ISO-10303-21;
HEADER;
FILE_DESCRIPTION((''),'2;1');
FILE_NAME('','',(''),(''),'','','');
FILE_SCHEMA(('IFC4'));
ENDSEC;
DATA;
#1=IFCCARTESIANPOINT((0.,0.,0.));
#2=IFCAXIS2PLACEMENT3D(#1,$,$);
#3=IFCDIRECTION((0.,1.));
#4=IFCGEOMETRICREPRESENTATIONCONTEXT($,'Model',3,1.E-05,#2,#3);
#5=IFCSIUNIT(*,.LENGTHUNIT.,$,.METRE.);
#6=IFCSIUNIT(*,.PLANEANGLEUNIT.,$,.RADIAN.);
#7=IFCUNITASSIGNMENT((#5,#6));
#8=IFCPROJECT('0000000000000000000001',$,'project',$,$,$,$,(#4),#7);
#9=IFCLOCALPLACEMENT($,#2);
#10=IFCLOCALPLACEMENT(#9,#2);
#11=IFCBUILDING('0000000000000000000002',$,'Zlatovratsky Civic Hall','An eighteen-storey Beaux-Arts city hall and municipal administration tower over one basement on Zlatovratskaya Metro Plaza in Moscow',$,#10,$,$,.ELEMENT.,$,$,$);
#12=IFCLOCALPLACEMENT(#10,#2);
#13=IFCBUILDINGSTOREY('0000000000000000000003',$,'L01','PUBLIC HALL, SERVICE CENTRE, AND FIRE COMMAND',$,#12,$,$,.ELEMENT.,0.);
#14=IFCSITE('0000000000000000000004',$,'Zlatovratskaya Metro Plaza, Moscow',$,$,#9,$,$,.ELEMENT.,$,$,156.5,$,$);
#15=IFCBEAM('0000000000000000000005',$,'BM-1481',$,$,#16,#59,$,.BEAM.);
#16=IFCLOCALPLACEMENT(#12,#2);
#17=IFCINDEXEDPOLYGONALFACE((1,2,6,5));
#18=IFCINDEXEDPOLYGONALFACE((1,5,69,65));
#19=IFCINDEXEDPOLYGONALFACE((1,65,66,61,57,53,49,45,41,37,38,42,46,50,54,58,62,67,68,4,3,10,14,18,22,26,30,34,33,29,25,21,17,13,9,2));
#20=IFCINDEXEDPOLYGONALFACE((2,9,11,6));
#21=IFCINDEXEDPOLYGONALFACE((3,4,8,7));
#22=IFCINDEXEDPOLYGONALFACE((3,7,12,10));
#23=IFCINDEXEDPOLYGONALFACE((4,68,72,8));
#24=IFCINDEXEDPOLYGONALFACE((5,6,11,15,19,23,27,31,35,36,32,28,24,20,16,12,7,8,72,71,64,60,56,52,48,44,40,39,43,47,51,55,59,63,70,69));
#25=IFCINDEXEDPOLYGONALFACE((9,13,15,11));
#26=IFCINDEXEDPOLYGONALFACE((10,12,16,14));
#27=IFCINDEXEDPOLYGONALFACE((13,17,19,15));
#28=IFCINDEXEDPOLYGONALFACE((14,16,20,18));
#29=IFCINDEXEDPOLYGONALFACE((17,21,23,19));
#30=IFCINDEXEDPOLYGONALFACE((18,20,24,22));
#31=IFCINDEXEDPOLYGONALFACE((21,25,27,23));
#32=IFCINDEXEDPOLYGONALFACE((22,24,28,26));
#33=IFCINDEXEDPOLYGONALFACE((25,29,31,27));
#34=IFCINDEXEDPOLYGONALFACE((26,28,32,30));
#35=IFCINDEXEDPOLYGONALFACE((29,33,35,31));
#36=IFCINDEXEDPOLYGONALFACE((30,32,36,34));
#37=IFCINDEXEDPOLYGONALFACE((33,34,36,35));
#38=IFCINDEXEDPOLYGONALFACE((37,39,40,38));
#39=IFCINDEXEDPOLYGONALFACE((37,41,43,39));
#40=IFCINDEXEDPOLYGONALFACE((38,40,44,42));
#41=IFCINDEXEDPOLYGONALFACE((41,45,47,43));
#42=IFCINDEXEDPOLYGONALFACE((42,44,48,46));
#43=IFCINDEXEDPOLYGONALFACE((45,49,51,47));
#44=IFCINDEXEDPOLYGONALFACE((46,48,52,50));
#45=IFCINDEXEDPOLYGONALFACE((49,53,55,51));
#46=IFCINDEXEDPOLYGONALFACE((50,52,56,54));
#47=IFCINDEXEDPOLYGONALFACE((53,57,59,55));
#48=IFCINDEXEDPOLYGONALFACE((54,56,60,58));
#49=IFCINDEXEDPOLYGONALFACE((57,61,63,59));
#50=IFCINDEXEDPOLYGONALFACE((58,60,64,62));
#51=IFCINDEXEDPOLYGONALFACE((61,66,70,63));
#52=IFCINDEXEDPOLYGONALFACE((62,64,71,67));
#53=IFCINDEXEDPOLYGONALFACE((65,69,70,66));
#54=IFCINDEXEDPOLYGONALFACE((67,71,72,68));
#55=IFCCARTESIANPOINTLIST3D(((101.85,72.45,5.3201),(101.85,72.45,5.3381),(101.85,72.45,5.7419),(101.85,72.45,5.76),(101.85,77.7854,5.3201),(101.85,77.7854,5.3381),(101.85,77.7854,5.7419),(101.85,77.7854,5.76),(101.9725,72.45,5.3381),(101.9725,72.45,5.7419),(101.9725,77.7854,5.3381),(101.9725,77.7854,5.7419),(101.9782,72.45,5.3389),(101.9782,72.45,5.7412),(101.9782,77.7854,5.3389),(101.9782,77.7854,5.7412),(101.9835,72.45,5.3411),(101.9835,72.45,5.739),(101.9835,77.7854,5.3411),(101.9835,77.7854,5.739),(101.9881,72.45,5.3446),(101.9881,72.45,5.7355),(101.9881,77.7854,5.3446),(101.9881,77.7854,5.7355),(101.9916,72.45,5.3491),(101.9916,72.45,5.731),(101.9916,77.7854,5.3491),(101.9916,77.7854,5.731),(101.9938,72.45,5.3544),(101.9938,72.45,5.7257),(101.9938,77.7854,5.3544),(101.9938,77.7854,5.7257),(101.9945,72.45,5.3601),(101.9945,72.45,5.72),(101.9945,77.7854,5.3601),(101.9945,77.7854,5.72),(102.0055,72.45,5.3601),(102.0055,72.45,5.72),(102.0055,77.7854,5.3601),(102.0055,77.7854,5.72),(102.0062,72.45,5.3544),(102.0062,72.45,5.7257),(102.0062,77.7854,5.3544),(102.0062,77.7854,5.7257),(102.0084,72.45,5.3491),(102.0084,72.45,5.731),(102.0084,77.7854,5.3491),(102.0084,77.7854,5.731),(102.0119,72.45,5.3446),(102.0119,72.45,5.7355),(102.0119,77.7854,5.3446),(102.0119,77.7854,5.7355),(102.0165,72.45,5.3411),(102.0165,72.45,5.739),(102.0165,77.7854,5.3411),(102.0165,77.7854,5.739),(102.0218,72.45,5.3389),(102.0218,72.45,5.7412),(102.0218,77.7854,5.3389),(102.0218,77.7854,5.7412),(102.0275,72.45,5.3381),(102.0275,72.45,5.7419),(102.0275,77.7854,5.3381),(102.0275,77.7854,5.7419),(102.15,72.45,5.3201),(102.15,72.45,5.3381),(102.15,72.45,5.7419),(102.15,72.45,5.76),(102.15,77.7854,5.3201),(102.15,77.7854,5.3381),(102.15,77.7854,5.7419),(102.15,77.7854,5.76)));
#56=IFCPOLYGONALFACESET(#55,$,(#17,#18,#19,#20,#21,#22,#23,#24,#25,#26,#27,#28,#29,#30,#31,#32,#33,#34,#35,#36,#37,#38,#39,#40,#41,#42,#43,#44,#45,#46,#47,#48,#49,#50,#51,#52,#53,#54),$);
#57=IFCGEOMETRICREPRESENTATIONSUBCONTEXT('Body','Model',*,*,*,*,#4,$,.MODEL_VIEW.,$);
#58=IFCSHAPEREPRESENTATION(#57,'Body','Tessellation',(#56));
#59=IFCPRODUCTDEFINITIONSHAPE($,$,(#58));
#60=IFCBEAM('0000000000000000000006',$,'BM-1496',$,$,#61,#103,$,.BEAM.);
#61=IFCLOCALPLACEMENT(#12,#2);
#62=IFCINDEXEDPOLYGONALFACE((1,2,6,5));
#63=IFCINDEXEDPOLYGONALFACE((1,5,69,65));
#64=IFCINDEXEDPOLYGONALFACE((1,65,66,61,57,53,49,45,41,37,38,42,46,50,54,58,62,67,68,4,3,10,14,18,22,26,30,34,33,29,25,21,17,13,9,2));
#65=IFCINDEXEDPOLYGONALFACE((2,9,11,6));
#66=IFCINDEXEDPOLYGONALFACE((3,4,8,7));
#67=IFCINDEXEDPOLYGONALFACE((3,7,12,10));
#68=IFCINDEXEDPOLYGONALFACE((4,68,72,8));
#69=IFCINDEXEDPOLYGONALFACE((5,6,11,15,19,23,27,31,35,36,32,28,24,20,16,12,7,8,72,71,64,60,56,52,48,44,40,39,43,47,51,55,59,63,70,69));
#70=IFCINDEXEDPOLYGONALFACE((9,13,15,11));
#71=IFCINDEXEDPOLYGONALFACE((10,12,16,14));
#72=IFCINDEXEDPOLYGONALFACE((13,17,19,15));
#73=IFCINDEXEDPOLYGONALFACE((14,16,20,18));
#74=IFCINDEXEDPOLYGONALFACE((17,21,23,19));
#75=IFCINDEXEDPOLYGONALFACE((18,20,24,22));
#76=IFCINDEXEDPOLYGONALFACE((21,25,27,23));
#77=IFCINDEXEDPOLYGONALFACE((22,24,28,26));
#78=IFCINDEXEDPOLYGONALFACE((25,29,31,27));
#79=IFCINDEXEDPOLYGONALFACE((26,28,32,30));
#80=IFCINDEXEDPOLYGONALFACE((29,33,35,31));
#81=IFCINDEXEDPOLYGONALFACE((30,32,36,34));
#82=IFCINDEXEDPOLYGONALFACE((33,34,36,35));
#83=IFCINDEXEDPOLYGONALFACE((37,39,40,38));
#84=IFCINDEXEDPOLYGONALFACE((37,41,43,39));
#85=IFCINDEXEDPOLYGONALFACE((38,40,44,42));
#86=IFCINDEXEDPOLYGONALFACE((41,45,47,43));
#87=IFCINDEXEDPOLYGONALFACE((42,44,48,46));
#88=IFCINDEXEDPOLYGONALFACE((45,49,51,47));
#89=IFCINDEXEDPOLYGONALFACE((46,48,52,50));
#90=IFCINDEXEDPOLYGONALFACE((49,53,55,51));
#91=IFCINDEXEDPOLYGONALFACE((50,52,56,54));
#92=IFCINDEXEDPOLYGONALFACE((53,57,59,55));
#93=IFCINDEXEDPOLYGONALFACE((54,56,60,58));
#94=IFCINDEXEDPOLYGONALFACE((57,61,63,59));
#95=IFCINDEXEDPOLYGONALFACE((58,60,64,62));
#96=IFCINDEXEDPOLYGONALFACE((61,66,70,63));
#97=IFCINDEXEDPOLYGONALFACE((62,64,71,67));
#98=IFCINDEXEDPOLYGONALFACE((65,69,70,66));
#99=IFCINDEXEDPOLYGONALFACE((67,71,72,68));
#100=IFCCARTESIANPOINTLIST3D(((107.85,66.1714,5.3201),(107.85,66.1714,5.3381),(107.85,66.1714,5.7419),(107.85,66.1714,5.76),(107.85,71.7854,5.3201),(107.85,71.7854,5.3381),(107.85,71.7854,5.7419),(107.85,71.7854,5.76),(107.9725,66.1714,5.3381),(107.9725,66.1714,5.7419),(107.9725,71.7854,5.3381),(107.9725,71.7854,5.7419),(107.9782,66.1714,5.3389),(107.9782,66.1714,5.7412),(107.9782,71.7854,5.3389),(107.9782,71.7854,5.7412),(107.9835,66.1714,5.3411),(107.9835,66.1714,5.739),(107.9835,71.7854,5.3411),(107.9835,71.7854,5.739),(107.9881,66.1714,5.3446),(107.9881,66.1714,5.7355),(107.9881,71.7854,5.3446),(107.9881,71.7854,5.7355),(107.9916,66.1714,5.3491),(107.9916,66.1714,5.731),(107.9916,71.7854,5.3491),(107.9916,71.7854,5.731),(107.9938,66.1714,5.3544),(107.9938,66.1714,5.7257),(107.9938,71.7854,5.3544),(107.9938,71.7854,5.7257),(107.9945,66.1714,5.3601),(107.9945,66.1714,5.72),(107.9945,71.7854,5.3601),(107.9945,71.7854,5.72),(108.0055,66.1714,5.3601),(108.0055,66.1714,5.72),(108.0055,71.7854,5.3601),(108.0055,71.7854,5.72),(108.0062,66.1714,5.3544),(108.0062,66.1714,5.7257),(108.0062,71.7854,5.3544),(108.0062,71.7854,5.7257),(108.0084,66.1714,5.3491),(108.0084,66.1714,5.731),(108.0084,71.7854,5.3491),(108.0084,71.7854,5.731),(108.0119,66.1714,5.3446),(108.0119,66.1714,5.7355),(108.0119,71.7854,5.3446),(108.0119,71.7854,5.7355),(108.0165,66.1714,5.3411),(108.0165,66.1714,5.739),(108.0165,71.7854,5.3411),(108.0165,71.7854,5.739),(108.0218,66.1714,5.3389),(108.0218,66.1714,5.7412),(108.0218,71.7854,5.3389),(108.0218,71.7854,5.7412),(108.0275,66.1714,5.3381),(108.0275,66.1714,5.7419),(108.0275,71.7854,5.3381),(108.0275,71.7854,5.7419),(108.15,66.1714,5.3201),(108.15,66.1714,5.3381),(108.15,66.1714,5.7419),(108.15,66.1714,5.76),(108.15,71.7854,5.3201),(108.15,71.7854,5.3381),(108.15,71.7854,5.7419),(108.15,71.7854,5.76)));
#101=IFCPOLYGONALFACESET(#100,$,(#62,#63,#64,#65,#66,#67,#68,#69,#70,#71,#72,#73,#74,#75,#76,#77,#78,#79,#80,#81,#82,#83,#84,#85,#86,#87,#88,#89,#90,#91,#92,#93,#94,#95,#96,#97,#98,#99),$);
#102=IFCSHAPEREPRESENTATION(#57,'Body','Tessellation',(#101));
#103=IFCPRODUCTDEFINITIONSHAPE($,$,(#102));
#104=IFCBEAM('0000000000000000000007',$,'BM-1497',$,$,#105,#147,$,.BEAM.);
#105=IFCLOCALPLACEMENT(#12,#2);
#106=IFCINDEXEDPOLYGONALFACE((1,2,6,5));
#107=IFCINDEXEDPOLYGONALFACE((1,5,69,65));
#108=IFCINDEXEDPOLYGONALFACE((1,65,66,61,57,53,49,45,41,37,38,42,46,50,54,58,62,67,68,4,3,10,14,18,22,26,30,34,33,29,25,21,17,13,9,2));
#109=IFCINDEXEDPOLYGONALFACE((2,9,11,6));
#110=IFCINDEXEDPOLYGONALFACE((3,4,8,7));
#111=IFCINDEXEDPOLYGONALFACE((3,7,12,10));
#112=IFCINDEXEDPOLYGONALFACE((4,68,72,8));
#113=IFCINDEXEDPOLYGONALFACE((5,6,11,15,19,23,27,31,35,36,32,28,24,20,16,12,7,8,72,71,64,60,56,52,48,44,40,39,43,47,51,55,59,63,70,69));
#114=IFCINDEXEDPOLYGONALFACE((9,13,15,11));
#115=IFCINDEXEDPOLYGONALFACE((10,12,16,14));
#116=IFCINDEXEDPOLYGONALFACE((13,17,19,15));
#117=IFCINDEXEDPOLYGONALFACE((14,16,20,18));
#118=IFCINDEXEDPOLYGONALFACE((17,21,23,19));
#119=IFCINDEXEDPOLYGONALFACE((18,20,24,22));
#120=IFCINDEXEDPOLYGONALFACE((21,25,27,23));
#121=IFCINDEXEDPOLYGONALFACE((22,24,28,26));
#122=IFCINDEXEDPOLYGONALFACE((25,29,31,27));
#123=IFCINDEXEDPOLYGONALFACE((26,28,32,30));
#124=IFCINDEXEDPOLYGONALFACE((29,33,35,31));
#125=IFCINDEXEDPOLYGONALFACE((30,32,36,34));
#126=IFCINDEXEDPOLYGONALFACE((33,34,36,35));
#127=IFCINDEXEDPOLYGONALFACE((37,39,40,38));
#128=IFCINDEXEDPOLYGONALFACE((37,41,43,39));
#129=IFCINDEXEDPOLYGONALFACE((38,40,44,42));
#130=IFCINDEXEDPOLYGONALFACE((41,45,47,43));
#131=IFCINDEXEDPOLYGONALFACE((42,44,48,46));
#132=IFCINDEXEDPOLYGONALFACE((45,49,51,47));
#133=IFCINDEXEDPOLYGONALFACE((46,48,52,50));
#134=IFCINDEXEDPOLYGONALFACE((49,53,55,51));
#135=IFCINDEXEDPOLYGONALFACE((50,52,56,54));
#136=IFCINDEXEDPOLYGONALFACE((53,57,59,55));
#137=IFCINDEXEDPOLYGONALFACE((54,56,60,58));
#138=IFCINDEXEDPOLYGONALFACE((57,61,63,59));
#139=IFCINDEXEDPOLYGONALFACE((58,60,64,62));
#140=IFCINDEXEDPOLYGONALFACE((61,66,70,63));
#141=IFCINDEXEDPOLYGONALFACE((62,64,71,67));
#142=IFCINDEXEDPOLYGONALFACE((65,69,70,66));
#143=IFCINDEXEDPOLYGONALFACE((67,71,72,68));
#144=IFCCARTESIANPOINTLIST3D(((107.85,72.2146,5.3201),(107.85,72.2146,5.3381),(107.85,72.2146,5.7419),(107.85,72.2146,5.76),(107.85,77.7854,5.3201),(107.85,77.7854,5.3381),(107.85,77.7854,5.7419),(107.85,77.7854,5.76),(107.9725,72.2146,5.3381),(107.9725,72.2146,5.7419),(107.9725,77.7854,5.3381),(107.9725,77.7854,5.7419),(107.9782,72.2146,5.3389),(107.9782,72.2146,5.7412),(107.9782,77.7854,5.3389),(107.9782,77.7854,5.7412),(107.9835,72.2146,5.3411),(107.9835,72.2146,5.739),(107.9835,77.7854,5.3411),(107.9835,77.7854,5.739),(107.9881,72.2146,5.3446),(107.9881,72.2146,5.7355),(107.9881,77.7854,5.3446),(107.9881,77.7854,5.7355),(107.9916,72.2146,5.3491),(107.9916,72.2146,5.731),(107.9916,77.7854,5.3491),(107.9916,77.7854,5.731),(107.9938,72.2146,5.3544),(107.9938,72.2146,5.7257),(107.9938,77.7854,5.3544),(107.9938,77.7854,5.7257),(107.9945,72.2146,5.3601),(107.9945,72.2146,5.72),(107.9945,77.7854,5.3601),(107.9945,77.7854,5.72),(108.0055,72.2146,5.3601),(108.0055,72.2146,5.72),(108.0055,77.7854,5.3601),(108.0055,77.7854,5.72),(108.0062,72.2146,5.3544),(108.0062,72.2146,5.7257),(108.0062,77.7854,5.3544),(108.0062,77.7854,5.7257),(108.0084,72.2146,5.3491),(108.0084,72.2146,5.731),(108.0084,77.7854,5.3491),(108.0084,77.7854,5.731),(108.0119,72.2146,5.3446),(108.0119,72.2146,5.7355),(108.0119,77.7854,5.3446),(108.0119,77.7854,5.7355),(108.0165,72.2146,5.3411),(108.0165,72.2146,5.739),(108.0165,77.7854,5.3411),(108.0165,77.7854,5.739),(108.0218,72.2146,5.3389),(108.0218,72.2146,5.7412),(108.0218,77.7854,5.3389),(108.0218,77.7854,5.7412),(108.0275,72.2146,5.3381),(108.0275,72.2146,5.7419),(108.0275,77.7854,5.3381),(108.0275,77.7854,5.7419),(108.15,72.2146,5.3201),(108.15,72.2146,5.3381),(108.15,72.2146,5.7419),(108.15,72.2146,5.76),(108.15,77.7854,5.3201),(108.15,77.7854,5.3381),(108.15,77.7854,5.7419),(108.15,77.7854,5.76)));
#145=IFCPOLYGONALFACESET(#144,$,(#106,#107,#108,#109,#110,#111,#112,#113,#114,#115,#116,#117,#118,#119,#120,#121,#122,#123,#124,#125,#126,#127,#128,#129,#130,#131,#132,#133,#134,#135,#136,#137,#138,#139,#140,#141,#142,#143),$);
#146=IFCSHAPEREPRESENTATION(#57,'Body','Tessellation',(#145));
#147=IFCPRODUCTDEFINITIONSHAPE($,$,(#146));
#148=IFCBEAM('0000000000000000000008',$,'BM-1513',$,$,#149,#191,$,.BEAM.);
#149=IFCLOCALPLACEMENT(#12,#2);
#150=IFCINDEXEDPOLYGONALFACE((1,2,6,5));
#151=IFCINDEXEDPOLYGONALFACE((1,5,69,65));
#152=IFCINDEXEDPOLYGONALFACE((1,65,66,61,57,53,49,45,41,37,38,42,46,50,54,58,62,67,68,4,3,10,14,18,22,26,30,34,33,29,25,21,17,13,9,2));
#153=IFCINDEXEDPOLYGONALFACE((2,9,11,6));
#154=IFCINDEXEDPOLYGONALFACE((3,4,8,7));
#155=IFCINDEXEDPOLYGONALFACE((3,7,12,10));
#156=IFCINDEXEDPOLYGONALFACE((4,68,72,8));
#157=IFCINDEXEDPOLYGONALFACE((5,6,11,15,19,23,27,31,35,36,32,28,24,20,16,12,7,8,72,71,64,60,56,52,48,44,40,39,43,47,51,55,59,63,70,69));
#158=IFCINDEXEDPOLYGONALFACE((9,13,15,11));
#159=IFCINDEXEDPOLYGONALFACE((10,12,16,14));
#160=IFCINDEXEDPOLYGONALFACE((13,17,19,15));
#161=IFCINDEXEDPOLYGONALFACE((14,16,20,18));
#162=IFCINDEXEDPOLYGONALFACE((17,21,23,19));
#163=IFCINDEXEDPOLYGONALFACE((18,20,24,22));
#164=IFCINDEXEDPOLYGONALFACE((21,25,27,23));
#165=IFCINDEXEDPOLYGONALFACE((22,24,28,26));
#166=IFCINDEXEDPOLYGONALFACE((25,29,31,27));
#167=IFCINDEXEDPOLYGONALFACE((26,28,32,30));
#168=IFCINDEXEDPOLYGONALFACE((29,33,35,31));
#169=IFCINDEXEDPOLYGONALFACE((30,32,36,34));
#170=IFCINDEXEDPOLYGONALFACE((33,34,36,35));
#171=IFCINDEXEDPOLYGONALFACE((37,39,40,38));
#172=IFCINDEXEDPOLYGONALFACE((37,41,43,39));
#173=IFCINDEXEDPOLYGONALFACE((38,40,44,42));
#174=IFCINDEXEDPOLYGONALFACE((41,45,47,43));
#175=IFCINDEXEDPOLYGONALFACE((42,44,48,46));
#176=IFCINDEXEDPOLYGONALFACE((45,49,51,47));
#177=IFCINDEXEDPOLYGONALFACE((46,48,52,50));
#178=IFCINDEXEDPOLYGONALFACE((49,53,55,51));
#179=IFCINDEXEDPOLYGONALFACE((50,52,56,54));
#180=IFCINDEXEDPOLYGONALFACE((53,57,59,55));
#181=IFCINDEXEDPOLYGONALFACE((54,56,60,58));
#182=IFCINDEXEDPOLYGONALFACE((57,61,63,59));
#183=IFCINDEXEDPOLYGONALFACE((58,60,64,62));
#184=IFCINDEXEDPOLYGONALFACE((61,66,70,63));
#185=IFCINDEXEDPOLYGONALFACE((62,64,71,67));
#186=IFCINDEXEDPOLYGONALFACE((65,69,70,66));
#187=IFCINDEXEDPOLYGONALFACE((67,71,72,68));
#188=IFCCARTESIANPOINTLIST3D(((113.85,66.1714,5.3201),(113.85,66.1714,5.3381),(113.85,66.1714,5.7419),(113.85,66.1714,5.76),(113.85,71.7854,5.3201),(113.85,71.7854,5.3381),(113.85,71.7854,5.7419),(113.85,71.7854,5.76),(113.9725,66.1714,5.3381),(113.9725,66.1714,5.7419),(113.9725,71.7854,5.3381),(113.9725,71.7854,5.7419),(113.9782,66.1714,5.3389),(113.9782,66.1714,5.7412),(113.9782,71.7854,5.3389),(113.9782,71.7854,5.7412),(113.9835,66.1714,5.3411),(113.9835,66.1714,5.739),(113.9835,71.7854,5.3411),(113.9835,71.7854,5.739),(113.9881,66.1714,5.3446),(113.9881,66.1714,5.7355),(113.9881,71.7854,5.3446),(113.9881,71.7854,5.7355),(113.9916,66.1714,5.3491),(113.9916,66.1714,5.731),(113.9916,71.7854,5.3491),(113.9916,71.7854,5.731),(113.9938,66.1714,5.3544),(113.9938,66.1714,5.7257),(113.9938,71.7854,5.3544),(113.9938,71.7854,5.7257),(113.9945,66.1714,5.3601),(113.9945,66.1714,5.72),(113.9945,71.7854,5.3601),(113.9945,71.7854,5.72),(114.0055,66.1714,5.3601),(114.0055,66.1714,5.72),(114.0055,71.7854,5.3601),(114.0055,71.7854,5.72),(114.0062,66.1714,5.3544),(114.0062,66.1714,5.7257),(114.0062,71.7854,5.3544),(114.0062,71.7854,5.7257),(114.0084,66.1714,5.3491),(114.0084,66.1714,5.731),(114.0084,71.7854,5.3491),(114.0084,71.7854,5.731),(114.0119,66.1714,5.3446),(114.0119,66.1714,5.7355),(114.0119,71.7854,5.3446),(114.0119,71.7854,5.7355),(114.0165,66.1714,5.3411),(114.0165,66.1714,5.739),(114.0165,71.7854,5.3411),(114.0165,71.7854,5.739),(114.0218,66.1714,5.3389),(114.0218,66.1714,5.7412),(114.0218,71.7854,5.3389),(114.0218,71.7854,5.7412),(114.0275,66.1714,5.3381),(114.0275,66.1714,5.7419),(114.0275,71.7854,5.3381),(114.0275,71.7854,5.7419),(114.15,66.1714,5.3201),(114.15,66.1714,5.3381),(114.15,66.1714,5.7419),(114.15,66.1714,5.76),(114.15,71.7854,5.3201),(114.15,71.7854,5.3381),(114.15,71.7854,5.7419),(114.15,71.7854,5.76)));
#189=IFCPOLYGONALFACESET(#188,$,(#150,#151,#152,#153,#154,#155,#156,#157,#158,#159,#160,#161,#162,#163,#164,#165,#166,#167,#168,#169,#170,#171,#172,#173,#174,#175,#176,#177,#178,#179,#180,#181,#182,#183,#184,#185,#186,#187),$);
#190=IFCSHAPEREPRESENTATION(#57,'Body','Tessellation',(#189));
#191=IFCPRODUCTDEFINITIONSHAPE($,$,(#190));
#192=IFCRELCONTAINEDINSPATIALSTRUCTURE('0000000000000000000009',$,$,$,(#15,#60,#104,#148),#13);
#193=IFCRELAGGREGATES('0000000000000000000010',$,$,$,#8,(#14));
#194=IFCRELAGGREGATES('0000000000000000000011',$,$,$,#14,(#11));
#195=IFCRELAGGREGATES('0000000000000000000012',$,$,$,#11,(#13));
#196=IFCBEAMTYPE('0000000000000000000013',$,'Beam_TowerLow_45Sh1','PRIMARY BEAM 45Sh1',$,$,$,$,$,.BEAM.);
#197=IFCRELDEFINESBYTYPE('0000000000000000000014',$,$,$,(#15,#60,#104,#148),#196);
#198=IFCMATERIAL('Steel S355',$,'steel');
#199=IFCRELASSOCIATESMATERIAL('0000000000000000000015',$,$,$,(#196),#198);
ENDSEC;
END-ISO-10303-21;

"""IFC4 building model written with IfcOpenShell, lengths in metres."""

from ifc_helpers import new_model, si_unit, direction, frame, origin, origin_2d, place, context, subcontext, project, spatial, i_section, extrude, material, material_profile, profile_set, type_object, element, save


model = new_model("IFC4")

# Units and contexts
model_context = context("Model", 3, precision=1e-05, world=origin(), true_north=direction((0.0, 1.0)))
body_context = subcontext(model_context, "Body", "Model", "MODEL_VIEW")
ifc_project = project(units=[si_unit("LENGTHUNIT", "METRE"), si_unit("PLANEANGLEUNIT", "RADIAN")], contexts=[model_context])

# Site, building, storey
site_placement = place(None, origin())
site = spatial("IfcSite", under=ifc_project, at=site_placement, Name="Zlatovratskaya Metro Plaza, Moscow", CompositionType="ELEMENT", RefElevation=156.5)
building_placement = place(site_placement, origin())
building = spatial("IfcBuilding", under=site, at=building_placement, Name="Zlatovratsky Civic Hall", Description="An eighteen-storey Beaux-Arts city hall and municipal administration tower over one basement on Zlatovratskaya Metro Plaza in Moscow", CompositionType="ELEMENT")
storey_placement = place(building_placement, origin())
storey = spatial("IfcBuildingStorey", under=building, at=storey_placement, Name="L01", Description="PUBLIC HALL, SERVICE CENTRE, AND FIRE COMMAND", CompositionType="ELEMENT", Elevation=0.0)

# Shared definitions
ifc_material_1 = material(Name="Steel S355", Category="steel")

# Beams
ifc_material_profile_1 = material_profile(ifc_material_1, i_section(OverallWidth=0.3, OverallDepth=0.4399, WebThickness=0.011, FlangeThickness=0.0181, FilletRadius=0.022, at=origin_2d()), Name="45Sh1")
ifc_profile_set_1 = profile_set([ifc_material_profile_1], Name="Steel S355")
beam_type = type_object("IfcBeamType", Name="Beam_TowerLow_45Sh1", Description="PRIMARY BEAM 45Sh1", PredefinedType="BEAM", material=ifc_profile_set_1)
beam_1_placement = place(storey_placement, frame((102.0, 72.45, 5.54), z_axis=(0.0, 1.0, 0.0), x_axis=(-1.0, 0.0, 0.0)))
element("IfcBeam", 1, at=beam_1_placement, inside=storey, type_object=beam_type, Name="BM-1481", PredefinedType="BEAM", context=body_context, shape_type="SweptSolid", body=[
    extrude(i_section(OverallWidth=0.3, OverallDepth=0.4399, WebThickness=0.011, FlangeThickness=0.0181, FilletRadius=0.022, at=origin_2d()), origin(), (0.0, 0.0, 1.0), 5.3354),
])
beam_2_placement = place(storey_placement, frame((108.0, 66.1714, 5.54), z_axis=(0.0, 1.0, 0.0), x_axis=(-1.0, 0.0, 0.0)))
element("IfcBeam", 2, at=beam_2_placement, inside=storey, type_object=beam_type, Name="BM-1496", PredefinedType="BEAM", context=body_context, shape_type="SweptSolid", body=[
    extrude(i_section(OverallWidth=0.3, OverallDepth=0.4399, WebThickness=0.011, FlangeThickness=0.0181, FilletRadius=0.022, at=origin_2d()), origin(), (0.0, 0.0, 1.0), 5.614),
])
beam_3_placement = place(storey_placement, frame((108.0, 72.2146, 5.54), z_axis=(0.0, 1.0, 0.0), x_axis=(-1.0, 0.0, 0.0)))
element("IfcBeam", 3, at=beam_3_placement, inside=storey, type_object=beam_type, Name="BM-1497", PredefinedType="BEAM", context=body_context, shape_type="SweptSolid", body=[
    extrude(i_section(OverallWidth=0.3, OverallDepth=0.4399, WebThickness=0.011, FlangeThickness=0.0181, FilletRadius=0.022, at=origin_2d()), origin(), (0.0, 0.0, 1.0), 5.5708),
])
beam_4_placement = place(storey_placement, frame((114.0, 66.1714, 5.54), z_axis=(0.0, 1.0, 0.0), x_axis=(-1.0, 0.0, 0.0)))
element("IfcBeam", 4, at=beam_4_placement, inside=storey, type_object=beam_type, Name="BM-1513", PredefinedType="BEAM", context=body_context, shape_type="SweptSolid", body=[
    extrude(i_section(OverallWidth=0.3, OverallDepth=0.4399, WebThickness=0.011, FlangeThickness=0.0181, FilletRadius=0.022, at=origin_2d()), origin(), (0.0, 0.0, 1.0), 5.614),
])

save(model, "model.ifc")
